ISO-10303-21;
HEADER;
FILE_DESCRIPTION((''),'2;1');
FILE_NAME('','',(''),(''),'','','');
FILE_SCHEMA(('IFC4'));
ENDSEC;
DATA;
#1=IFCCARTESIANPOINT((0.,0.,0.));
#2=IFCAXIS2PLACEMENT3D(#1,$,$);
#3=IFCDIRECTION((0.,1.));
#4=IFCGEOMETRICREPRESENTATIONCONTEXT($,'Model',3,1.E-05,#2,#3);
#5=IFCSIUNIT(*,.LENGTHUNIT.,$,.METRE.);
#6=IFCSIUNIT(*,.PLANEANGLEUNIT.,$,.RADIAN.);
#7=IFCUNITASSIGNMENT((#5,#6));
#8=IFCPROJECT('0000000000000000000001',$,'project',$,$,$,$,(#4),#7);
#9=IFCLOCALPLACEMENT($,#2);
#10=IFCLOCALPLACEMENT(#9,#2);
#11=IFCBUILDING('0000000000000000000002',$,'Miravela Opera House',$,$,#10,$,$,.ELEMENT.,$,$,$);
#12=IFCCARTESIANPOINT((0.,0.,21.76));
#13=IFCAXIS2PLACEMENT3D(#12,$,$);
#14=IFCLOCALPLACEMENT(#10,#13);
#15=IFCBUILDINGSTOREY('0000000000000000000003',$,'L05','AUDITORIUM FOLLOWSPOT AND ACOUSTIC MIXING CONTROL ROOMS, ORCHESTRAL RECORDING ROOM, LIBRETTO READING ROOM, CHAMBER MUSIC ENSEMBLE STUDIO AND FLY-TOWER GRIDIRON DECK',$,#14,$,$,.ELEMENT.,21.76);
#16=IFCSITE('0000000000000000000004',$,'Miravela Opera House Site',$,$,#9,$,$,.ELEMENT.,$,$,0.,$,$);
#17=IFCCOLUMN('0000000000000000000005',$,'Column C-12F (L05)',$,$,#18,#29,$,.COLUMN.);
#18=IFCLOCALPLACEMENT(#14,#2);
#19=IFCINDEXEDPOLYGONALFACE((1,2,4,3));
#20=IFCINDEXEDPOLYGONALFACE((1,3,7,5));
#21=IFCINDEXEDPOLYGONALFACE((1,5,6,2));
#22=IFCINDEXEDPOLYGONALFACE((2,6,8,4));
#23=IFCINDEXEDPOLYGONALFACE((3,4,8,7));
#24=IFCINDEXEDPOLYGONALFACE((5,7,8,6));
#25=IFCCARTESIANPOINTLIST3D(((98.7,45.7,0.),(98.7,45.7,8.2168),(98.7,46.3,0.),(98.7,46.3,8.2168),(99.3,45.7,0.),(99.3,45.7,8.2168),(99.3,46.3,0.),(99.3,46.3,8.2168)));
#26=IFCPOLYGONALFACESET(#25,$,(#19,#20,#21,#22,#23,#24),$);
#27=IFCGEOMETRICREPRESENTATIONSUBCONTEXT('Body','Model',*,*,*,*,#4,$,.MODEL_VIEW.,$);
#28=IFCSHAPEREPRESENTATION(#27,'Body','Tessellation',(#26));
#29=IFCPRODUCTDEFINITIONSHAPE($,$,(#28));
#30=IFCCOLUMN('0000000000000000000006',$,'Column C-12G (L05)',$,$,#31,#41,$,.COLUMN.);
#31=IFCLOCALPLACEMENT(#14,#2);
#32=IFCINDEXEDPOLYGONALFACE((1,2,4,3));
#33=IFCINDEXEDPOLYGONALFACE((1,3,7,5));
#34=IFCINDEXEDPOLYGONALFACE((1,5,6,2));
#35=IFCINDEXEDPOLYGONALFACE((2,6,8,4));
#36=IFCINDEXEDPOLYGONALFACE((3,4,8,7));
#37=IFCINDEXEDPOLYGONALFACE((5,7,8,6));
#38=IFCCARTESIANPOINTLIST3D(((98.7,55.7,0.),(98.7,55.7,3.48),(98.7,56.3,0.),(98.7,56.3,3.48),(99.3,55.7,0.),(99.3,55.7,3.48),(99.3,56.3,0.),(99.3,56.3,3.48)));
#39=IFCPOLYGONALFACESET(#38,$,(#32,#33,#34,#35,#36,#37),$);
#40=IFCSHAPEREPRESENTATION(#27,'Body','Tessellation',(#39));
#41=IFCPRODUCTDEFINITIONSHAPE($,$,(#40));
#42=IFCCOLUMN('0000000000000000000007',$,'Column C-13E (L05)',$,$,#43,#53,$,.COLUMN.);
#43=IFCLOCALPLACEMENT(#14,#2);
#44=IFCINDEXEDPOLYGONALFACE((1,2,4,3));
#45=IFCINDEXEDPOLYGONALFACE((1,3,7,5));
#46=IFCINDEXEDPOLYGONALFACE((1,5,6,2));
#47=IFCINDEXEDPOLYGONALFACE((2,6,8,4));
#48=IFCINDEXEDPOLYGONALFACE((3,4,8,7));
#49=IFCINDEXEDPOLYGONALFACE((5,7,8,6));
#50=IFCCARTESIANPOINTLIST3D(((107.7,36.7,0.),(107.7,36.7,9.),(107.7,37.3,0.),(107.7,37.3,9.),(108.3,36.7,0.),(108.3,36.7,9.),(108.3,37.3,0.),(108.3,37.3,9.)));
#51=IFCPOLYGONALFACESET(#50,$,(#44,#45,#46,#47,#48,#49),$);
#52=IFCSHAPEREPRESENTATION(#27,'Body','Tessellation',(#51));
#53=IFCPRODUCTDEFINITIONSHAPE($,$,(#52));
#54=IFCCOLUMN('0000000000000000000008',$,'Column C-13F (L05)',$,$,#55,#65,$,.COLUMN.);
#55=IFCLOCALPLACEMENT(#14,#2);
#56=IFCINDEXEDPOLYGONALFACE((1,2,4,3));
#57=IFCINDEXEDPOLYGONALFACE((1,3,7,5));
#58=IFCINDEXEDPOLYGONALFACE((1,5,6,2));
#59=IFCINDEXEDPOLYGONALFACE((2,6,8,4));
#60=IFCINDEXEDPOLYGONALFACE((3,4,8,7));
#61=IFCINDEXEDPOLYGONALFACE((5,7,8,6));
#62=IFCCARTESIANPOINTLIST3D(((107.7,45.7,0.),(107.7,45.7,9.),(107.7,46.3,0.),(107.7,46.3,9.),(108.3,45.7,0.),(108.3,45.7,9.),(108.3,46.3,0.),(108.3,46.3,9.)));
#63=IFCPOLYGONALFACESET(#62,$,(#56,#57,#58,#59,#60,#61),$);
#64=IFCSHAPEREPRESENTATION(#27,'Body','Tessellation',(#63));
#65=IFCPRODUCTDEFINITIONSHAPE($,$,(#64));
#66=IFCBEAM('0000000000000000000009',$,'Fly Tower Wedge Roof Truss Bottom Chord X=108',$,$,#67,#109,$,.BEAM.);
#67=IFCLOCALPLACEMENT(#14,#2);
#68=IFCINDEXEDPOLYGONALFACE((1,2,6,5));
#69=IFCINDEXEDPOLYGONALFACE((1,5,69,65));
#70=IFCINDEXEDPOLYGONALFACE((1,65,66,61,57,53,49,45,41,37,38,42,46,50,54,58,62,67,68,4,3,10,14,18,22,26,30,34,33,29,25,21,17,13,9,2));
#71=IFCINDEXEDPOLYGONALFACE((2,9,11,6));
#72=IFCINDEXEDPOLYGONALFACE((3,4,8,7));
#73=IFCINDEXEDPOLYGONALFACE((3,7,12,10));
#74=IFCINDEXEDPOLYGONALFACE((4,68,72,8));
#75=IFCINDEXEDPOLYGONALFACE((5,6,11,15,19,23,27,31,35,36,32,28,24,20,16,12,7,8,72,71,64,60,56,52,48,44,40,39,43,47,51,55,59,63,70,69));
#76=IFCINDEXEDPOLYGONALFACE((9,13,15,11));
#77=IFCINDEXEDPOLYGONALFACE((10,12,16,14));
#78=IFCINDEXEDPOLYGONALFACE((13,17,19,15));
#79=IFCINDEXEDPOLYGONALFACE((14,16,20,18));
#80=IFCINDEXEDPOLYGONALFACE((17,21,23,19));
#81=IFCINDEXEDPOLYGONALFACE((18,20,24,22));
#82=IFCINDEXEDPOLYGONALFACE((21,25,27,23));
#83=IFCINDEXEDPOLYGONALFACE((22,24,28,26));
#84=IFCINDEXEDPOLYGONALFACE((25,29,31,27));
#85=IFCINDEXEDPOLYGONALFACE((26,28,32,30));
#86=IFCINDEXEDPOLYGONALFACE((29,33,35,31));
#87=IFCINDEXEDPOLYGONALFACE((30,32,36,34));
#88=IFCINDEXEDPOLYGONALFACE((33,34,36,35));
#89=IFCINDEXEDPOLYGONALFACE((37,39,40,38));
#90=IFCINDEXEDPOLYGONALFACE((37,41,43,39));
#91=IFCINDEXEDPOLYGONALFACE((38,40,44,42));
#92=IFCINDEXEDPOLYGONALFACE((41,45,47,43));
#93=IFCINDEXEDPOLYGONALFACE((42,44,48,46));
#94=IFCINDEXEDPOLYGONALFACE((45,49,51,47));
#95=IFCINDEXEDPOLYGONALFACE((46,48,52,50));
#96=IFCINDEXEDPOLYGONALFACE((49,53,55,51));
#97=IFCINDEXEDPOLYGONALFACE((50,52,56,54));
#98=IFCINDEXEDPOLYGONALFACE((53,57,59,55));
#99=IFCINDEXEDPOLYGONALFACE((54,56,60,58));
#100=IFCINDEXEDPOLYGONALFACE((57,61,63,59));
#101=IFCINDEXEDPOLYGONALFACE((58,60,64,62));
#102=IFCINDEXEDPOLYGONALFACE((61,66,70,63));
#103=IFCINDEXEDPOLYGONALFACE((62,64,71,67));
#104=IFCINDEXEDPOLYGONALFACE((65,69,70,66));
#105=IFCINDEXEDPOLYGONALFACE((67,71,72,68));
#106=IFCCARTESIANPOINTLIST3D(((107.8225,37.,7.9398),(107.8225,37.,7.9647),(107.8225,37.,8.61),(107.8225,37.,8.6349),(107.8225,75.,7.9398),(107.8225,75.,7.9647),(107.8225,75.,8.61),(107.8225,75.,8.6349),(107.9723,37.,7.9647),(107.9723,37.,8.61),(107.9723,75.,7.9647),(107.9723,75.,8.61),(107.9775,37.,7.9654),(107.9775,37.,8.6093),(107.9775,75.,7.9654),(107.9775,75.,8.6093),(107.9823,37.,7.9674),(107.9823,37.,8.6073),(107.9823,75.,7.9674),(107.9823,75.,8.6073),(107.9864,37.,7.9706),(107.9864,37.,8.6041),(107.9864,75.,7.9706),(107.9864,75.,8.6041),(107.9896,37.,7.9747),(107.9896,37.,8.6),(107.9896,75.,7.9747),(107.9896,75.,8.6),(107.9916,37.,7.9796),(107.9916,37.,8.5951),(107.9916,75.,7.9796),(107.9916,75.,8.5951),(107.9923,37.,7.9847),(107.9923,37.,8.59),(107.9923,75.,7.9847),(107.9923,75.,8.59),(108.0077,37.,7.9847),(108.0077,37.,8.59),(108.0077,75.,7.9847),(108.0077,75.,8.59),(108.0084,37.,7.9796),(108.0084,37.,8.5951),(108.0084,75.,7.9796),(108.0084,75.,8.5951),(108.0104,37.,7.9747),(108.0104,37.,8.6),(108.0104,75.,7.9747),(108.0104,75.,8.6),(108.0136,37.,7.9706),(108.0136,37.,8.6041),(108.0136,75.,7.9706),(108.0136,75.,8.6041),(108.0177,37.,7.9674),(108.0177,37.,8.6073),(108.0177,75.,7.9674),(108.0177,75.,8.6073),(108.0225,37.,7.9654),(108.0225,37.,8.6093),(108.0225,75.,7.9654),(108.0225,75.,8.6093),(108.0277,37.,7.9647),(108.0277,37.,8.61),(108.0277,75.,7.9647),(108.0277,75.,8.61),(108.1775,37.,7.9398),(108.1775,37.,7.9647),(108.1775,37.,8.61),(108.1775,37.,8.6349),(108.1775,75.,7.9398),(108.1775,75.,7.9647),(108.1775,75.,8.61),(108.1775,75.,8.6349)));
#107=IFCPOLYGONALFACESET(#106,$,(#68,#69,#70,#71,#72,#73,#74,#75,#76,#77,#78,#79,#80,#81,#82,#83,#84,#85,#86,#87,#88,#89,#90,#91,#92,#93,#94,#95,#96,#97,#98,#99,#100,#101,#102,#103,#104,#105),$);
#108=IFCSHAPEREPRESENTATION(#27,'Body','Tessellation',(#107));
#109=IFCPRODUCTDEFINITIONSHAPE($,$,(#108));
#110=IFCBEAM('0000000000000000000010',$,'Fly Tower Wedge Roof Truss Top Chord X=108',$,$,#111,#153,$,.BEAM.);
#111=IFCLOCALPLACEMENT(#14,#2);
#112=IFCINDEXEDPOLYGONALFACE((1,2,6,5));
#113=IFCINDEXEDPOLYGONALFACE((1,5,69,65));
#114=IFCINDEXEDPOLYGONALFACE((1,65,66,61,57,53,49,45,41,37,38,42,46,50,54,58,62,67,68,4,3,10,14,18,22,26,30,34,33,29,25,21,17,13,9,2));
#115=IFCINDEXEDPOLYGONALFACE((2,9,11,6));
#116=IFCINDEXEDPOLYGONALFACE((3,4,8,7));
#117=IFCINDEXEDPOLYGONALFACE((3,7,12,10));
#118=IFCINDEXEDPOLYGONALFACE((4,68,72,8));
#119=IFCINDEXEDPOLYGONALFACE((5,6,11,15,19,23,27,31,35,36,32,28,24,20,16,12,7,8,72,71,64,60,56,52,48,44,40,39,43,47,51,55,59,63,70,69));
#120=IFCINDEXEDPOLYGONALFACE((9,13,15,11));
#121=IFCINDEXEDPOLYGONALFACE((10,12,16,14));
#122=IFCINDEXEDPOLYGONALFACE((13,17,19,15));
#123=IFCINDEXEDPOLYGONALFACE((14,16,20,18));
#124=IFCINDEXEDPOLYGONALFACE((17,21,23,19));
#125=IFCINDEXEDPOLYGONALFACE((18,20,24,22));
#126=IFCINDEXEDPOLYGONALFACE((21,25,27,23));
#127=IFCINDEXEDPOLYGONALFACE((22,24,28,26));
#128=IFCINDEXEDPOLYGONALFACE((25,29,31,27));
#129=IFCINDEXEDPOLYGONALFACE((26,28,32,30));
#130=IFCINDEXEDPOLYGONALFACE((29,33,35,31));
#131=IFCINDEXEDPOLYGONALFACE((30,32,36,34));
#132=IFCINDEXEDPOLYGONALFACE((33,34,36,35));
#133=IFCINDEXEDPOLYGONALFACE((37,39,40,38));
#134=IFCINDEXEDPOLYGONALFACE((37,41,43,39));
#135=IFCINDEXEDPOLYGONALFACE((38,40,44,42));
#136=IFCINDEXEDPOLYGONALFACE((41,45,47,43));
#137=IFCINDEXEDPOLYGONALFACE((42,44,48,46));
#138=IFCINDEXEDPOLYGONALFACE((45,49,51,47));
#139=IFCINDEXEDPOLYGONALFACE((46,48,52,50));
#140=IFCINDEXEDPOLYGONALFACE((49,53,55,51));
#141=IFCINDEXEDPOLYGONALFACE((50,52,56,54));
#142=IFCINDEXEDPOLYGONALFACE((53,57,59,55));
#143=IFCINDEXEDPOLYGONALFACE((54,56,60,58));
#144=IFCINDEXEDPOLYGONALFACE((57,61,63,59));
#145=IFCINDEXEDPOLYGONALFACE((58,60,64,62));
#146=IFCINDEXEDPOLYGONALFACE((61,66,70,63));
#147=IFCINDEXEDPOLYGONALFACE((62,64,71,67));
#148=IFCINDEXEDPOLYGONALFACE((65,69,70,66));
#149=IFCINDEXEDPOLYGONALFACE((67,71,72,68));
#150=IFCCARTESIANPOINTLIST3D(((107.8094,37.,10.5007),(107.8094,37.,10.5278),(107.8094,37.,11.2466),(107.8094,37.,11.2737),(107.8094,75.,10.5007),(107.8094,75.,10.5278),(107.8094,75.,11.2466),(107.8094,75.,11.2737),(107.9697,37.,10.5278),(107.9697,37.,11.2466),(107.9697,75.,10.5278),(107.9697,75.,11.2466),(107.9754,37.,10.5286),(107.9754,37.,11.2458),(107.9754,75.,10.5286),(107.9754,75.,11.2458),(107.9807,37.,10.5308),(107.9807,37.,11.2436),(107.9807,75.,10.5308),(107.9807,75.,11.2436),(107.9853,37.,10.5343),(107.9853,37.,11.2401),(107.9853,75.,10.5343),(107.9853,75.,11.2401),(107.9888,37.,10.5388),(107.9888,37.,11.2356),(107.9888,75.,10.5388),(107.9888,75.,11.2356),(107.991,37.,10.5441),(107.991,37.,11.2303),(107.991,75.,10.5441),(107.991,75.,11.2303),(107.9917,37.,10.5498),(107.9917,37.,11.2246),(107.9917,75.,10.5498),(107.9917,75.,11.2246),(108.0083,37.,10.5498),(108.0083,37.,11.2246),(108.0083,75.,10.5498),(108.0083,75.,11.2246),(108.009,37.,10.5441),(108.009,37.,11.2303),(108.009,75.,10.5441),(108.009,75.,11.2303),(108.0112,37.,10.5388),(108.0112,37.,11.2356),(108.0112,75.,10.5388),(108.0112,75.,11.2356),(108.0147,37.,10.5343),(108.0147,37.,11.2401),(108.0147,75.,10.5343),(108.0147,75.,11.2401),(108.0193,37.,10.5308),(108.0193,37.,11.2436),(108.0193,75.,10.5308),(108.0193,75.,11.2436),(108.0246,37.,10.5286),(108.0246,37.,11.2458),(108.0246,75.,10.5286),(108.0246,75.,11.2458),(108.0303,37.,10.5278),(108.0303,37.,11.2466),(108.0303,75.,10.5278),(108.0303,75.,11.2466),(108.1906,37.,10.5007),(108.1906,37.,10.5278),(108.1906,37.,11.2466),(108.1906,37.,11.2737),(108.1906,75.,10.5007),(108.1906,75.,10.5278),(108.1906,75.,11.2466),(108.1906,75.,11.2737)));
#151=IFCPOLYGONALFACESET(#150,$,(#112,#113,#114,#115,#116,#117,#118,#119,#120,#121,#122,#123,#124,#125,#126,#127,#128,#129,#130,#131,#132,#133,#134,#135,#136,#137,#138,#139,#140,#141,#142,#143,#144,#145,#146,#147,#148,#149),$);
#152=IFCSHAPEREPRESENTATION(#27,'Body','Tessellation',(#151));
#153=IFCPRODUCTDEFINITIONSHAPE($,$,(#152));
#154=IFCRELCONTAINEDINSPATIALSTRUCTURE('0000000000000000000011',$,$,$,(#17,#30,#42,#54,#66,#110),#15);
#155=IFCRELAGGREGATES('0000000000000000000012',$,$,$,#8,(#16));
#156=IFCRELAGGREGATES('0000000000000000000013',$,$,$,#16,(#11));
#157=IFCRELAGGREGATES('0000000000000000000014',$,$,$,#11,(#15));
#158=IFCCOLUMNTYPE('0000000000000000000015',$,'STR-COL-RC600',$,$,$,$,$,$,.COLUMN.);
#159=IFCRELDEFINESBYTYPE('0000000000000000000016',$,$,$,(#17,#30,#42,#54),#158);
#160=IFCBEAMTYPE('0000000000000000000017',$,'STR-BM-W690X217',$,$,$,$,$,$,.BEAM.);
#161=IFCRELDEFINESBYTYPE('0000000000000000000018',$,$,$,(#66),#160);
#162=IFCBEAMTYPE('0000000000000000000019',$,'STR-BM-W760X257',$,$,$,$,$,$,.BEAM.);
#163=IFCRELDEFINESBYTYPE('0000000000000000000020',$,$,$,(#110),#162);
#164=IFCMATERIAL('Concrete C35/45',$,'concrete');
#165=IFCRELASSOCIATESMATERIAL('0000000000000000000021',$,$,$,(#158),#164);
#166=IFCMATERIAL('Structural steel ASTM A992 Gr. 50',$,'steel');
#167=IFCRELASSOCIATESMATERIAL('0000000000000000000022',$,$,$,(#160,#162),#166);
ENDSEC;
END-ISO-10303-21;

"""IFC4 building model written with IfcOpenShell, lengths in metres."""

from ifc_helpers import new_model, si_unit, direction, frame, origin, origin_2d, place, context, subcontext, project, spatial, rectangle, i_section, extrude, material, material_profile, profile_set, type_object, element, save


model = new_model("IFC4")

# Units and contexts
model_context = context("Model", 3, precision=1e-05, world=origin(), true_north=direction((0.0, 1.0)))
body_context = subcontext(model_context, "Body", "Model", "MODEL_VIEW")
ifc_project = project(units=[si_unit("LENGTHUNIT", "METRE"), si_unit("PLANEANGLEUNIT", "RADIAN")], contexts=[model_context])

# Site, building, storey
site_placement = place(None, origin())
site = spatial("IfcSite", under=ifc_project, at=site_placement, Name="Miravela Opera House Site", CompositionType="ELEMENT", RefElevation=0.0)
building_placement = place(site_placement, origin())
building = spatial("IfcBuilding", under=site, at=building_placement, Name="Miravela Opera House", CompositionType="ELEMENT")
storey_placement = place(building_placement, frame((0.0, 0.0, 21.76)))
storey = spatial("IfcBuildingStorey", under=building, at=storey_placement, Name="L05", Description="AUDITORIUM FOLLOWSPOT AND ACOUSTIC MIXING CONTROL ROOMS, ORCHESTRAL RECORDING ROOM, LIBRETTO READING ROOM, CHAMBER MUSIC ENSEMBLE STUDIO AND FLY-TOWER GRIDIRON DECK", CompositionType="ELEMENT", Elevation=21.76)

# Columns
ifc_material_1 = material(Name="Concrete C35/45", Category="concrete")
ifc_material_profile_1 = material_profile(ifc_material_1, rectangle(XDim=0.6001, YDim=0.6001, at=origin_2d()), Name="RC-COL-600X600")
ifc_profile_set_1 = profile_set([ifc_material_profile_1])
column_type = type_object("IfcColumnType", Name="STR-COL-RC600", PredefinedType="COLUMN", material=ifc_profile_set_1)
column_1_placement = place(storey_placement, frame((99.0, 46.0, 0.0), z_axis=(0.0, 0.0, 1.0), x_axis=(1.0, 0.0, 0.0)))
element("IfcColumn", 1, at=column_1_placement, inside=storey, type_object=column_type, Name="Column C-12F (L05)", PredefinedType="COLUMN", context=body_context, shape_type="SweptSolid", body=[
    extrude(rectangle(XDim=0.6001, YDim=0.6001, at=origin_2d()), origin(), (0.0, 0.0, 1.0), 8.2168),
])
column_2_placement = place(storey_placement, frame((99.0, 56.0, 0.0), z_axis=(0.0, 0.0, 1.0), x_axis=(1.0, 0.0, 0.0)))
element("IfcColumn", 2, at=column_2_placement, inside=storey, type_object=column_type, Name="Column C-12G (L05)", PredefinedType="COLUMN", context=body_context, shape_type="SweptSolid", body=[
    extrude(rectangle(XDim=0.6001, YDim=0.6001, at=origin_2d()), origin(), (0.0, 0.0, 1.0), 3.48),
])
for number, where, z_axis, x_axis, name in (
    (3, (108.0, 37.0, 0.0), (0.0, 0.0, 1.0), (1.0, 0.0, 0.0), "Column C-13E (L05)"),
    (4, (108.0, 46.0, 0.0), (0.0, 0.0, 1.0), (1.0, 0.0, 0.0), "Column C-13F (L05)"),
):
    element("IfcColumn", number, at=place(storey_placement, frame(where, z_axis=z_axis, x_axis=x_axis)), inside=storey, type_object=column_type, Name=name, PredefinedType="COLUMN", context=body_context, shape_type="SweptSolid", body=[
        extrude(rectangle(XDim=0.6001, YDim=0.6001, at=origin_2d()), origin(), (0.0, 0.0, 1.0), 9.0),
    ])

# Beams
ifc_material_2 = material(Name="Structural steel ASTM A992 Gr. 50", Category="steel")
ifc_material_profile_2 = material_profile(ifc_material_2, i_section(OverallWidth=0.355, OverallDepth=0.6951, WebThickness=0.0154, FlangeThickness=0.0249, FilletRadius=0.02, at=origin_2d()), Name="W690X217")
ifc_profile_set_2 = profile_set([ifc_material_profile_2])
beam_type_1 = type_object("IfcBeamType", Name="STR-BM-W690X217", PredefinedType="BEAM", material=ifc_profile_set_2)
beam_1_placement = place(storey_placement, frame((108.0, 37.0, 8.2874), z_axis=(0.0, 1.0, 0.0), x_axis=(-1.0, 0.0, 0.0)))
element("IfcBeam", 5, at=beam_1_placement, inside=storey, type_object=beam_type_1, Name="Fly Tower Wedge Roof Truss Bottom Chord X=108", PredefinedType="BEAM", context=body_context, shape_type="SweptSolid", body=[
    extrude(i_section(OverallWidth=0.355, OverallDepth=0.6951, WebThickness=0.0154, FlangeThickness=0.0249, FilletRadius=0.02, at=origin_2d()), origin(), (0.0, 0.0, 1.0), 38.0),
])
ifc_material_profile_3 = material_profile(ifc_material_2, i_section(OverallWidth=0.3811, OverallDepth=0.7729, WebThickness=0.0166, FlangeThickness=0.0271, FilletRadius=0.022, at=origin_2d()), Name="W760X257")
ifc_profile_set_3 = profile_set([ifc_material_profile_3])
beam_type_2 = type_object("IfcBeamType", Name="STR-BM-W760X257", PredefinedType="BEAM", material=ifc_profile_set_3)
beam_2_placement = place(storey_placement, frame((108.0, 37.0, 10.8872), z_axis=(0.0, 1.0, 0.0), x_axis=(-1.0, 0.0, 0.0)))
element("IfcBeam", 6, at=beam_2_placement, inside=storey, type_object=beam_type_2, Name="Fly Tower Wedge Roof Truss Top Chord X=108", PredefinedType="BEAM", context=body_context, shape_type="SweptSolid", body=[
    extrude(i_section(OverallWidth=0.3811, OverallDepth=0.7729, WebThickness=0.0166, FlangeThickness=0.0271, FilletRadius=0.022, at=origin_2d()), origin(), (0.0, 0.0, 1.0), 38.0),
])

save(model, "model.ifc")
